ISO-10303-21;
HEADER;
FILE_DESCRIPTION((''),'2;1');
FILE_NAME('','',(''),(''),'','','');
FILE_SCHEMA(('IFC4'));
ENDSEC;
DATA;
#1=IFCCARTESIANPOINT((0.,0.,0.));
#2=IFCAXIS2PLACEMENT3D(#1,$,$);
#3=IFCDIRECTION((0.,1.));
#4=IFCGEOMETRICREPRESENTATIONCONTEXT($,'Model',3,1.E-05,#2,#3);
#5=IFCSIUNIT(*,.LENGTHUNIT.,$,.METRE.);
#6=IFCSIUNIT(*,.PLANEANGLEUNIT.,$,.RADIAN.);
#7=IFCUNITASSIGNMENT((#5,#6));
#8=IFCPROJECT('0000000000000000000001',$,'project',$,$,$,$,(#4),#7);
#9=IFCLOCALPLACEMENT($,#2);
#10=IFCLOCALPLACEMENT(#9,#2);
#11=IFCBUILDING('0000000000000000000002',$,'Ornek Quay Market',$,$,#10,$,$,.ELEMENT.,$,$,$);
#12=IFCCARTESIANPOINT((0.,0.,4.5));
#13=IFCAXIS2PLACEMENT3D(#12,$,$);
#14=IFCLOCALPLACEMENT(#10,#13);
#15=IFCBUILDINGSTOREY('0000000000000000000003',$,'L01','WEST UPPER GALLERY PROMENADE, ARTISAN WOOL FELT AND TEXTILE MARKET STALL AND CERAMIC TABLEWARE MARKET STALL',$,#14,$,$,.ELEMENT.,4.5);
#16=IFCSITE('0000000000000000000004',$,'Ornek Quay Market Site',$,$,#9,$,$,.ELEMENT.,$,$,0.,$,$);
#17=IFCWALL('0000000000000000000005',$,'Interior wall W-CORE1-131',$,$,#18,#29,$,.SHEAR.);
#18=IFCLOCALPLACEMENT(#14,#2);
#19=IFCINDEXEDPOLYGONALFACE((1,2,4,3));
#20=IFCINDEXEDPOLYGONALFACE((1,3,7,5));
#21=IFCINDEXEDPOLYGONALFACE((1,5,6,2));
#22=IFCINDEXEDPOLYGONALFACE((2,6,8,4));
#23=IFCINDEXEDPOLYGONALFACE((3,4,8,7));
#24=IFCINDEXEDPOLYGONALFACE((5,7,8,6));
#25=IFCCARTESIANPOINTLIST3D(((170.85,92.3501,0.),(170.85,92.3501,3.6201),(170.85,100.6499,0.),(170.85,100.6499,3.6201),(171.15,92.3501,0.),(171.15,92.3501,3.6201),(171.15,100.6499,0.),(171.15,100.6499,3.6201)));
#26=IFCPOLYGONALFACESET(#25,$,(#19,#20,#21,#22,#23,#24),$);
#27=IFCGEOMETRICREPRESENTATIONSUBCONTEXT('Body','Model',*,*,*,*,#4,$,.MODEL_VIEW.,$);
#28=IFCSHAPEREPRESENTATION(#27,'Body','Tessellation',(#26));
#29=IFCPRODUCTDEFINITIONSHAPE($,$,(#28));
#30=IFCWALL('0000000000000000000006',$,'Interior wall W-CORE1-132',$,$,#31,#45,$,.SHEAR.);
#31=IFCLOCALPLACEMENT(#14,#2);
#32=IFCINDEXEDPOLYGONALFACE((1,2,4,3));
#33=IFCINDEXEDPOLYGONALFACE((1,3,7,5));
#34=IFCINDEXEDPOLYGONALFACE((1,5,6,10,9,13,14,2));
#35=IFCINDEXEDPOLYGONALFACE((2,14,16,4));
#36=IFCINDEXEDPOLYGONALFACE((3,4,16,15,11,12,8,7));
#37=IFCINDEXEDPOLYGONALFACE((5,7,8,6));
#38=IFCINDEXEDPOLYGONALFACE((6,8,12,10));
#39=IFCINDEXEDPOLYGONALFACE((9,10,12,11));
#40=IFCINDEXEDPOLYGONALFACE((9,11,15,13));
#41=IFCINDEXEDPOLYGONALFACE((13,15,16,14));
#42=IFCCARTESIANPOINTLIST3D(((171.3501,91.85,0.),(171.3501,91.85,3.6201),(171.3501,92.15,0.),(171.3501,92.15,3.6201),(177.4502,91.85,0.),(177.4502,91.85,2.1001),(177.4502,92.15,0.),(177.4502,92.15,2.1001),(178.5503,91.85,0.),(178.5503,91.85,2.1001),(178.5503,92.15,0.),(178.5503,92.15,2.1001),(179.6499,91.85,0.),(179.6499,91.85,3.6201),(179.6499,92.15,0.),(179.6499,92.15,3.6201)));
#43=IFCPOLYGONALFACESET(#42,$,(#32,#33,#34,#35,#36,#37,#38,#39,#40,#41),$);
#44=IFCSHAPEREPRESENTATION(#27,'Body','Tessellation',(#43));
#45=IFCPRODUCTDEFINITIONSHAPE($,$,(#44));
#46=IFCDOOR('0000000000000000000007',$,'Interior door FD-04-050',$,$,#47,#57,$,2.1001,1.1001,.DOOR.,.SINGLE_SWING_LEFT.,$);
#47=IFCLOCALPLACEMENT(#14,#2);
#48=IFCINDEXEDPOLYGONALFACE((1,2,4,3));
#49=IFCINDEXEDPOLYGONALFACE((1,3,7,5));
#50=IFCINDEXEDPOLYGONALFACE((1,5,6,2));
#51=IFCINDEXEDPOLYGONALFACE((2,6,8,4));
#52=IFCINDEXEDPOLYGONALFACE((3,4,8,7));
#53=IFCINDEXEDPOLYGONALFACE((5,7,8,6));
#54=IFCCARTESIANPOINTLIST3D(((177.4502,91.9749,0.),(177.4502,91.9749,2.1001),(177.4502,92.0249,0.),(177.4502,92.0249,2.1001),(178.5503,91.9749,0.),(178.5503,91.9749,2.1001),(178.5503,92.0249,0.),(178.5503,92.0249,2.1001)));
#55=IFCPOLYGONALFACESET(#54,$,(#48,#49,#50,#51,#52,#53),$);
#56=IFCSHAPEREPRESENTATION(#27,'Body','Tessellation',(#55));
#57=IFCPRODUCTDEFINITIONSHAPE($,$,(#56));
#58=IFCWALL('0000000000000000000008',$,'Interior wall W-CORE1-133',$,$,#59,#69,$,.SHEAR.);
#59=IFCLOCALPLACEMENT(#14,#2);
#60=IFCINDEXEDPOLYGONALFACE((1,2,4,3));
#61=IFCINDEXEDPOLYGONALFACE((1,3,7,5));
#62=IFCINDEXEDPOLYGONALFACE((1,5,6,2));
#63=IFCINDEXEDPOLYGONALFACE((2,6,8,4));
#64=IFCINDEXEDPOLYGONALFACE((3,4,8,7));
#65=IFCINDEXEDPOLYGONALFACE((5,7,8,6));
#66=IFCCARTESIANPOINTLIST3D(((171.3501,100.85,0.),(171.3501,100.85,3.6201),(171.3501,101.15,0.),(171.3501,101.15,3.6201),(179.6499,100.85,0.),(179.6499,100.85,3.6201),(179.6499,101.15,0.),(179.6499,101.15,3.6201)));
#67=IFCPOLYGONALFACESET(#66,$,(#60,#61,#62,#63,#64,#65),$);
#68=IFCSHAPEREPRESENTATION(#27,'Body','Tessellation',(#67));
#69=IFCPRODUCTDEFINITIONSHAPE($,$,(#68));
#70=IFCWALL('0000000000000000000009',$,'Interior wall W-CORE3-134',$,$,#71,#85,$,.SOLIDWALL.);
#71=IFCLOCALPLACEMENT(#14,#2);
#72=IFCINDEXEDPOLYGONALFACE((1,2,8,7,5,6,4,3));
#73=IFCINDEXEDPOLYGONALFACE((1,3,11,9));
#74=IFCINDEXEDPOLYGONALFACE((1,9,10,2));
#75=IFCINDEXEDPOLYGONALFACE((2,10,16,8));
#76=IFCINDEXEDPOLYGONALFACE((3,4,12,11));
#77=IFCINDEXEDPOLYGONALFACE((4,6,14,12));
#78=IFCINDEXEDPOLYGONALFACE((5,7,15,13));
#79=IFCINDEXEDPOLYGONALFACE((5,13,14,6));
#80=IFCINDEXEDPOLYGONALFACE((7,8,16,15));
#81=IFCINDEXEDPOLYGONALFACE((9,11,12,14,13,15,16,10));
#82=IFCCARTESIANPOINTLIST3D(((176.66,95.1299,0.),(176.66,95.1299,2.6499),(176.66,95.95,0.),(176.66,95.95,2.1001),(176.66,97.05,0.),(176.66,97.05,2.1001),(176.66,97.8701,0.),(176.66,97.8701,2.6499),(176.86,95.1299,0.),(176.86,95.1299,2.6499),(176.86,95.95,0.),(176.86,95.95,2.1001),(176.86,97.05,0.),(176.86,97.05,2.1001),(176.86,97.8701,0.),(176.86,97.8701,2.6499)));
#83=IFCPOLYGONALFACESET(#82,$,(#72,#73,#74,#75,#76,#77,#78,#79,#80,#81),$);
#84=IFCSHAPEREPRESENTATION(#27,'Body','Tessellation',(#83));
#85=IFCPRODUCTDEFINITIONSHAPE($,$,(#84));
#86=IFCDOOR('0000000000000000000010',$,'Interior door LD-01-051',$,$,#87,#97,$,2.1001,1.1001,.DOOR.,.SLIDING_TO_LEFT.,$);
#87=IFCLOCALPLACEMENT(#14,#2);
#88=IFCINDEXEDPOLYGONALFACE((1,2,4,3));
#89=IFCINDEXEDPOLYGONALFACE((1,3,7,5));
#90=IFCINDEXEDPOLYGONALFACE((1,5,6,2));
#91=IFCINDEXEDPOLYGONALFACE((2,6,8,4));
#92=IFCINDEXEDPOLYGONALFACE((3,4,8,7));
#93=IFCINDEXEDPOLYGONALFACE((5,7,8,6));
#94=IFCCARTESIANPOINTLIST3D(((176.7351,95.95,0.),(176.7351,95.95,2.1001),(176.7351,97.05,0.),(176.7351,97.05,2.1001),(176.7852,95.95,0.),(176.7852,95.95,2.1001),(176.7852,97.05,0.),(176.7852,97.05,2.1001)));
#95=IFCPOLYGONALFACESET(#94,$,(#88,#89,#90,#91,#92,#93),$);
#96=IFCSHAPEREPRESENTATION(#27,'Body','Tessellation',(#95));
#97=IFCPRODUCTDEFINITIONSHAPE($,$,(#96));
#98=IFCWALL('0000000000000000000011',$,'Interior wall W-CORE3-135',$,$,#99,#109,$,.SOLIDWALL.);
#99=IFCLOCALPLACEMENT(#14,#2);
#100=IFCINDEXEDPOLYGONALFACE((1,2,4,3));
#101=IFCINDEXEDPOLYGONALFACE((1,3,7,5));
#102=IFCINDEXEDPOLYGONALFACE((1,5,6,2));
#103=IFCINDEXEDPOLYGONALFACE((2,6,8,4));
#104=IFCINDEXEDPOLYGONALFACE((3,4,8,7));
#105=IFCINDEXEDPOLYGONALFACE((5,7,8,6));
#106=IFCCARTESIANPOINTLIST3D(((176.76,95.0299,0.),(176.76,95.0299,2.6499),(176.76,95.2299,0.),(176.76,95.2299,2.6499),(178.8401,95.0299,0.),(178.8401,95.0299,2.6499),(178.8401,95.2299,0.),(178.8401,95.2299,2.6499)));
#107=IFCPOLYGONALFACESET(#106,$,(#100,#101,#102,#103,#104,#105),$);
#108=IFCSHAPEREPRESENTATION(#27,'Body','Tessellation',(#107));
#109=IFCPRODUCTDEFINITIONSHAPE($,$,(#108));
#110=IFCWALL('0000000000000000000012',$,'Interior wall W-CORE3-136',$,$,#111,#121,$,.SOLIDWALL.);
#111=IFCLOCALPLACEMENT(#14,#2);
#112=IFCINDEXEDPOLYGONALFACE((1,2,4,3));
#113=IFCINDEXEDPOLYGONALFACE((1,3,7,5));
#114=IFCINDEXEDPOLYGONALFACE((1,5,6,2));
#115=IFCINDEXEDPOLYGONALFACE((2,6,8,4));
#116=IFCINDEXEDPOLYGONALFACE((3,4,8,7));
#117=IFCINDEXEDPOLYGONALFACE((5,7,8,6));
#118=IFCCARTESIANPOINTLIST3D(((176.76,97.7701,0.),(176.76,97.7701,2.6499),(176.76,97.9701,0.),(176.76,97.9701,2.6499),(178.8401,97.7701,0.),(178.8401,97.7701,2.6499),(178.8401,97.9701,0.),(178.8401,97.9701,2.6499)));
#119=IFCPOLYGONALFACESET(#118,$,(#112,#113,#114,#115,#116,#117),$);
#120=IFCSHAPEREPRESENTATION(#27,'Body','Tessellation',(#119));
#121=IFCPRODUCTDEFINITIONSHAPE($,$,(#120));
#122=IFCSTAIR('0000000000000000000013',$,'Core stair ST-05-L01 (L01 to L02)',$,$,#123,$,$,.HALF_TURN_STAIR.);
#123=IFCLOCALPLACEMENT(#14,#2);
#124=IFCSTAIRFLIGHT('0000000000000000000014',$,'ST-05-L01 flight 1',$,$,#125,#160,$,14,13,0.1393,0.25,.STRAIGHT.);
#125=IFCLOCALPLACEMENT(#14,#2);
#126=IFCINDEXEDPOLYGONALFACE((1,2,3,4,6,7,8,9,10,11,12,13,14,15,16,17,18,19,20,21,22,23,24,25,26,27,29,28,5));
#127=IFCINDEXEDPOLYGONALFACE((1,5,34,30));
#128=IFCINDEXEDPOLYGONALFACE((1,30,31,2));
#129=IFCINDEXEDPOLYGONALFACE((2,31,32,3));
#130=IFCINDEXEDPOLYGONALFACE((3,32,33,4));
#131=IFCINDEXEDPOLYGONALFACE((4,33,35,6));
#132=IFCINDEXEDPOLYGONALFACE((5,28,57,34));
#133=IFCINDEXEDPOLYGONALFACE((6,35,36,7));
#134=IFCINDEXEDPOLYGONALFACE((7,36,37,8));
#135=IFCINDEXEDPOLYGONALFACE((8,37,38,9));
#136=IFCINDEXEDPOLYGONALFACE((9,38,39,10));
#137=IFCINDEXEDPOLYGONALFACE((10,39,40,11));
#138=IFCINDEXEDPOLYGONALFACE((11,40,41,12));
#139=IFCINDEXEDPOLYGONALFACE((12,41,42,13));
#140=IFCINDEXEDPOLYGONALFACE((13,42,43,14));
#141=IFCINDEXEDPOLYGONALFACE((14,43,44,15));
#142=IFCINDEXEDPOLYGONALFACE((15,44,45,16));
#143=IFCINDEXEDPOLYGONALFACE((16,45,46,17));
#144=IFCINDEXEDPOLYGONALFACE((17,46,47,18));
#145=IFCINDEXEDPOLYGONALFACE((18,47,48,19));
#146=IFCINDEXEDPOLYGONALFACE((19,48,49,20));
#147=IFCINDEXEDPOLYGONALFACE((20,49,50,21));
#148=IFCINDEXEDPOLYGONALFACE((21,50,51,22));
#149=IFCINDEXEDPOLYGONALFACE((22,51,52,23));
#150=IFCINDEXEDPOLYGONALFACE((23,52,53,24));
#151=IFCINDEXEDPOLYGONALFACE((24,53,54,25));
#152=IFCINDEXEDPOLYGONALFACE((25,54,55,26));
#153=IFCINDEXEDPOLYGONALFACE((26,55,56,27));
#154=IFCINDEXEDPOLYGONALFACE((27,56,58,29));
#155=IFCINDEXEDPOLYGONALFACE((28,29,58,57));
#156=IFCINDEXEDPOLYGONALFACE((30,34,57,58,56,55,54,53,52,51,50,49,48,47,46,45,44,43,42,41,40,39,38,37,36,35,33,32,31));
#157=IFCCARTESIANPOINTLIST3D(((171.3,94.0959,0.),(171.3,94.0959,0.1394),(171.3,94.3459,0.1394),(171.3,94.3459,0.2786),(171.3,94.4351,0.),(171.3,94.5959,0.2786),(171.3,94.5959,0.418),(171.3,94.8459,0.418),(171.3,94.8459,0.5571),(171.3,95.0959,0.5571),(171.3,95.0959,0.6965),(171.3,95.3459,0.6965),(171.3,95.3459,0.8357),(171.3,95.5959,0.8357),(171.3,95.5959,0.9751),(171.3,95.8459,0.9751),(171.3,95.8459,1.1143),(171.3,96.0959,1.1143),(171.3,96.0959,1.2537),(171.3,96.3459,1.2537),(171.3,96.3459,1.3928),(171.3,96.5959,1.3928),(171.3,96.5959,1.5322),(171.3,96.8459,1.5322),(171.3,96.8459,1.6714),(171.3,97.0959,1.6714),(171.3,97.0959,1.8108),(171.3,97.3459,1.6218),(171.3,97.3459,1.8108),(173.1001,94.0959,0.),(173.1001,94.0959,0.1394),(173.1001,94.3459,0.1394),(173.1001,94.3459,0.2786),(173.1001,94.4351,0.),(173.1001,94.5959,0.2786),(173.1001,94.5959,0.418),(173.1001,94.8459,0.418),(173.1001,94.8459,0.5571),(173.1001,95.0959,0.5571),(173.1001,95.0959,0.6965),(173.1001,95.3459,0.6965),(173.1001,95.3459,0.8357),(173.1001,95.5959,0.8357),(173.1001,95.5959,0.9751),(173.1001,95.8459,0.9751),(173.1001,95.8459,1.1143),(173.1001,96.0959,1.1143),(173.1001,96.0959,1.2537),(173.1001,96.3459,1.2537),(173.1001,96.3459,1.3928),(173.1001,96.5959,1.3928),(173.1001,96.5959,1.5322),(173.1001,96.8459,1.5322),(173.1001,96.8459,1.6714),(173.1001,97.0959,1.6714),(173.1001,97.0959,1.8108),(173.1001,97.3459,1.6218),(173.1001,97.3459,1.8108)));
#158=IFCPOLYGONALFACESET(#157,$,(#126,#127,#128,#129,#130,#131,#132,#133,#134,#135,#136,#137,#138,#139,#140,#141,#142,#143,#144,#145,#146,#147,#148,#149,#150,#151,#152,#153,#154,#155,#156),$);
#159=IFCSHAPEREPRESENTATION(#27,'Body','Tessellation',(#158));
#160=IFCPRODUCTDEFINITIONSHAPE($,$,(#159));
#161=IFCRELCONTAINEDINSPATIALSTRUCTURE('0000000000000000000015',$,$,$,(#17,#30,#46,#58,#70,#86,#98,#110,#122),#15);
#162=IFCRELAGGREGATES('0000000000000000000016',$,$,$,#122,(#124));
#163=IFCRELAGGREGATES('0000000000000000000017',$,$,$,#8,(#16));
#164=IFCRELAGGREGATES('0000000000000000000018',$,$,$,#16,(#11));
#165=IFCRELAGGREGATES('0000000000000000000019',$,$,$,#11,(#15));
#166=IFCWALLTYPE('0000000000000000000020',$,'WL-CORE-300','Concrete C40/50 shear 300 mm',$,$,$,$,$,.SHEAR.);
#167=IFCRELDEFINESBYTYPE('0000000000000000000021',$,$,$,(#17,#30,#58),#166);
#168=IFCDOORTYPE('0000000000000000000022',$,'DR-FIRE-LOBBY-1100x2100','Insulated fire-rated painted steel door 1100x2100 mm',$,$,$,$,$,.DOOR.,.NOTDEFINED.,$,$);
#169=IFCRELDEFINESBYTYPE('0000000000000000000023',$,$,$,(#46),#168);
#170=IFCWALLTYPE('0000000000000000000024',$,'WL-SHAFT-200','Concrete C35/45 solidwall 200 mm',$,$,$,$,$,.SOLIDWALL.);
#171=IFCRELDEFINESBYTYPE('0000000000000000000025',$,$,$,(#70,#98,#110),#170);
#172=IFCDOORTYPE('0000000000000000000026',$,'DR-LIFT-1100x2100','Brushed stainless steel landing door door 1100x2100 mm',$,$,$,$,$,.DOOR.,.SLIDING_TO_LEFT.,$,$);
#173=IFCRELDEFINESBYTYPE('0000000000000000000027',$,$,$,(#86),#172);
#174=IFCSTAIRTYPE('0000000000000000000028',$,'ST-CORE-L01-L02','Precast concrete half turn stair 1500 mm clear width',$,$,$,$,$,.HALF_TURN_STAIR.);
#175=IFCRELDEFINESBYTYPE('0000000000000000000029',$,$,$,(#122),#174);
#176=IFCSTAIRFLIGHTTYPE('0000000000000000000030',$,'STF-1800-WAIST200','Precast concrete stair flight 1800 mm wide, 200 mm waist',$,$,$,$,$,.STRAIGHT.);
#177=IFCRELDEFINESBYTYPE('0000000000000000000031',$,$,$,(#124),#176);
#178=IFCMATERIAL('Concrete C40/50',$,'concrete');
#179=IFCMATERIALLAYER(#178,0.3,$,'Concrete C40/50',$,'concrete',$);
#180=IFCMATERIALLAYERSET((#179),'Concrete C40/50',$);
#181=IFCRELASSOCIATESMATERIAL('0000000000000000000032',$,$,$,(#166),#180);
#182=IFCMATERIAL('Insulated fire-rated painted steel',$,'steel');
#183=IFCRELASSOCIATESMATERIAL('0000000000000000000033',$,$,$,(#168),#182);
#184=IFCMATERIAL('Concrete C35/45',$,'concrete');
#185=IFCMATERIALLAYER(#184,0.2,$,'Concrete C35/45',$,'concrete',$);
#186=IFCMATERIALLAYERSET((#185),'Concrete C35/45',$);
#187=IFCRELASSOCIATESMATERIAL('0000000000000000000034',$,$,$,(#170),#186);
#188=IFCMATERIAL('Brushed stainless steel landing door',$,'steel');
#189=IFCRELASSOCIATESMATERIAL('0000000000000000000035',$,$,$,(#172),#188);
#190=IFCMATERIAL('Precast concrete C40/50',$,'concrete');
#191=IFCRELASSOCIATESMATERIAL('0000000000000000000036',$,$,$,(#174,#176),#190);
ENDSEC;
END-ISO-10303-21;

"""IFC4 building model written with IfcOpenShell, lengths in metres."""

from ifc_helpers import new_model, si_unit, direction, frame, frame_2d, origin, place, context, subcontext, project, spatial, polyline, rectangle, outline, extrude, material, layer, layer_set, type_object, element, fill, aggregate, save


model = new_model("IFC4")

# Units and contexts
model_context = context("Model", 3, precision=1e-05, world=origin(), true_north=direction((0.0, 1.0)))
body_context = subcontext(model_context, "Body", "Model", "MODEL_VIEW")
ifc_project = project(units=[si_unit("LENGTHUNIT", "METRE"), si_unit("PLANEANGLEUNIT", "RADIAN")], contexts=[model_context])

# Site, building, storey
site_placement = place(None, origin())
site = spatial("IfcSite", under=ifc_project, at=site_placement, Name="Ornek Quay Market Site", CompositionType="ELEMENT", RefElevation=0.0)
building_placement = place(site_placement, origin())
building = spatial("IfcBuilding", under=site, at=building_placement, Name="Ornek Quay Market", CompositionType="ELEMENT")
storey_placement = place(building_placement, frame((0.0, 0.0, 4.5)))
storey = spatial("IfcBuildingStorey", under=building, at=storey_placement, Name="L01", Description="WEST UPPER GALLERY PROMENADE, ARTISAN WOOL FELT AND TEXTILE MARKET STALL AND CERAMIC TABLEWARE MARKET STALL", CompositionType="ELEMENT", Elevation=4.5)

# Shared definitions
ifc_material_1 = material(Name="Concrete C40/50", Category="concrete")

# Shared definitions
ifc_material_2 = material(Name="Concrete C35/45", Category="concrete")

# Shared definitions
ifc_layer_1 = layer(ifc_material_1, 0.3, Name="Concrete C40/50", Category="concrete")
ifc_layer_set_1 = layer_set([ifc_layer_1], Name="Concrete C40/50")
wall_type_1 = type_object("IfcWallType", Name="WL-CORE-300", Description="Concrete C40/50 shear 300 mm", PredefinedType="SHEAR", material=ifc_layer_set_1)
ifc_material_3 = material(Name="Insulated fire-rated painted steel", Category="steel")

# Wall
wall_1_placement = place(storey_placement, frame((171.0, 92.3501, 0.0), z_axis=(0.0, 0.0, 1.0), x_axis=(0.0, 1.0, 0.0)))
element("IfcWall", 1, at=wall_1_placement, inside=storey, type_object=wall_type_1, Name="Interior wall W-CORE1-131", PredefinedType="SHEAR", context=body_context, shape_type="SweptSolid", body=[
    extrude(rectangle(XDim=8.2998, YDim=0.3, at=frame_2d((4.1499, 0.0))), origin(), (0.0, 0.0, 1.0), 3.6201),
])

# Wall, opening, door
wall_2_placement = place(storey_placement, frame((171.3501, 92.0, 0.0), z_axis=(0.0, 0.0, 1.0), x_axis=(1.0, 0.0, 0.0)))
wall_2 = element("IfcWall", 2, at=wall_2_placement, inside=storey, type_object=wall_type_1, Name="Interior wall W-CORE1-132", PredefinedType="SHEAR", context=body_context, shape_type="SweptSolid", body=[
    extrude(rectangle(XDim=8.2998, YDim=0.3, at=frame_2d((4.1499, 0.0))), origin(), (0.0, 0.0, 1.0), 3.6201),
])
opening_1_placement = place(wall_2_placement, frame((6.1001, 0.0, 0.0)))
opening_1 = element("IfcOpeningElement", 3, at=opening_1_placement, cuts=wall_2, PredefinedType="OPENING", context=body_context, shape_type="SweptSolid", body=[
    extrude(rectangle(XDim=1.1001, YDim=2.1001, at=frame_2d((0.55, 1.05))), frame((0.0, 0.1599, 0.0), z_axis=(0.0, -1.0, 0.0), x_axis=(1.0, 0.0, 0.0)), (0.0, 0.0, 1.0), 0.3201),
])
door_type_1 = type_object("IfcDoorType", Name="DR-FIRE-LOBBY-1100x2100", Description="Insulated fire-rated painted steel door 1100x2100 mm", OperationType="NOTDEFINED", PredefinedType="DOOR", material=ifc_material_3)
door_1_placement = place(opening_1_placement, origin())
door_1 = element("IfcDoor", 4, at=door_1_placement, inside=storey, type_object=door_type_1, Name="Interior door FD-04-050", OperationType="SINGLE_SWING_LEFT", OverallHeight=2.1001, OverallWidth=1.1001, PredefinedType="DOOR", context=body_context, shape_type="SweptSolid", body=[
    extrude(rectangle(XDim=1.1001, YDim=2.1001, at=frame_2d((0.55, 1.05))), frame((0.0, 0.0249, 0.0), z_axis=(0.0, -1.0, 0.0), x_axis=(1.0, 0.0, 0.0)), (0.0, 0.0, 1.0), 0.05),
])
fill(opening_1, door_1)

# Wall
wall_3_placement = place(storey_placement, frame((171.3501, 101.0, 0.0), z_axis=(0.0, 0.0, 1.0), x_axis=(1.0, 0.0, 0.0)))
element("IfcWall", 5, at=wall_3_placement, inside=storey, type_object=wall_type_1, Name="Interior wall W-CORE1-133", PredefinedType="SHEAR", context=body_context, shape_type="SweptSolid", body=[
    extrude(rectangle(XDim=8.2998, YDim=0.3, at=frame_2d((4.1499, 0.0))), origin(), (0.0, 0.0, 1.0), 3.6201),
])

# Wall, opening, door
ifc_layer_2 = layer(ifc_material_2, 0.2, Name="Concrete C35/45", Category="concrete")
ifc_layer_set_2 = layer_set([ifc_layer_2], Name="Concrete C35/45")
wall_type_2 = type_object("IfcWallType", Name="WL-SHAFT-200", Description="Concrete C35/45 solidwall 200 mm", PredefinedType="SOLIDWALL", material=ifc_layer_set_2)
wall_4_placement = place(storey_placement, frame((176.76, 95.1299, 0.0), z_axis=(0.0, 0.0, 1.0), x_axis=(0.0, 1.0, 0.0)))
wall_4 = element("IfcWall", 6, at=wall_4_placement, inside=storey, type_object=wall_type_2, Name="Interior wall W-CORE3-134", PredefinedType="SOLIDWALL", context=body_context, shape_type="SweptSolid", body=[
    extrude(rectangle(XDim=2.7402, YDim=0.2, at=frame_2d((1.3701, 0.0))), origin(), (0.0, 0.0, 1.0), 2.6499),
])
opening_2_placement = place(wall_4_placement, frame((0.8201, 0.0, 0.0)))
opening_2 = element("IfcOpeningElement", 7, at=opening_2_placement, cuts=wall_4, PredefinedType="OPENING", context=body_context, shape_type="SweptSolid", body=[
    extrude(rectangle(XDim=1.1001, YDim=2.1001, at=frame_2d((0.55, 1.05))), frame((0.0, 0.1099, 0.0), z_axis=(0.0, -1.0, 0.0), x_axis=(1.0, 0.0, 0.0)), (0.0, 0.0, 1.0), 0.22),
])
ifc_material_4 = material(Name="Brushed stainless steel landing door", Category="steel")
door_type_2 = type_object("IfcDoorType", Name="DR-LIFT-1100x2100", Description="Brushed stainless steel landing door door 1100x2100 mm", OperationType="SLIDING_TO_LEFT", PredefinedType="DOOR", material=ifc_material_4)
door_2_placement = place(opening_2_placement, origin())
door_2 = element("IfcDoor", 8, at=door_2_placement, inside=storey, type_object=door_type_2, Name="Interior door LD-01-051", OperationType="SLIDING_TO_LEFT", OverallHeight=2.1001, OverallWidth=1.1001, PredefinedType="DOOR", context=body_context, shape_type="SweptSolid", body=[
    extrude(rectangle(XDim=1.1001, YDim=2.1001, at=frame_2d((0.55, 1.05))), frame((0.0, 0.0249, 0.0), z_axis=(0.0, -1.0, 0.0), x_axis=(1.0, 0.0, 0.0)), (0.0, 0.0, 1.0), 0.05),
])
fill(opening_2, door_2)

# Walls
for number, where, z_axis, x_axis, name in (
    (9, (176.76, 95.1299, 0.0), (0.0, 0.0, 1.0), (1.0, 0.0, 0.0), "Interior wall W-CORE3-135"),
    (10, (176.76, 97.8701, 0.0), (0.0, 0.0, 1.0), (1.0, 0.0, 0.0), "Interior wall W-CORE3-136"),
):
    element("IfcWall", number, at=place(storey_placement, frame(where, z_axis=z_axis, x_axis=x_axis)), inside=storey, type_object=wall_type_2, Name=name, PredefinedType="SOLIDWALL", context=body_context, shape_type="SweptSolid", body=[
        extrude(rectangle(XDim=2.0801, YDim=0.2, at=frame_2d((1.04, 0.0))), origin(), (0.0, 0.0, 1.0), 2.6499),
    ])

# Stair, stair flight
ifc_material_5 = material(Name="Precast concrete C40/50", Category="concrete")
stair_type = type_object("IfcStairType", Name="ST-CORE-L01-L02", Description="Precast concrete half turn stair 1500 mm clear width", PredefinedType="HALF_TURN_STAIR", material=ifc_material_5)
stair_placement = place(storey_placement, origin())
stair = element("IfcStair", 11, at=stair_placement, inside=storey, type_object=stair_type, Name="Core stair ST-05-L01 (L01 to L02)", PredefinedType="HALF_TURN_STAIR")
stair_flight_type = type_object("IfcStairFlightType", Name="STF-1800-WAIST200", Description="Precast concrete stair flight 1800 mm wide, 200 mm waist", PredefinedType="STRAIGHT", material=ifc_material_5)
stair_flight_1_placement = place(storey_placement, frame((172.2, 94.0959, 0.0), z_axis=(0.0, 0.0, 1.0), x_axis=(0.0, 1.0, 0.0)))
stair_flight_1 = element("IfcStairFlight", 12, at=stair_flight_1_placement, type_object=stair_flight_type, Name="ST-05-L01 flight 1", NumberOfRisers=14, NumberOfTreads=13, PredefinedType="STRAIGHT", RiserHeight=0.1393, TreadLength=0.25, context=body_context, shape_type="SweptSolid", body=[
    extrude(outline(polyline([(0.0, 0.0), (0.0, 0.1394), (0.25, 0.1394), (0.25, 0.2786), (0.5, 0.2786), (0.5, 0.418), (0.75, 0.418), (0.75, 0.5571), (1.0, 0.5571), (1.0, 0.6965), (1.25, 0.6965), (1.25, 0.8357), (1.5, 0.8357), (1.5, 0.9751), (1.75, 0.9751), (1.75, 1.1143), (2.0, 1.1143), (2.0, 1.2537), (2.25, 1.2537), (2.25, 1.3928), (2.5, 1.3928), (2.5, 1.5322), (2.75, 1.5322), (2.75, 1.6714), (3.0, 1.6714), (3.0, 1.8108), (3.25, 1.8108), (3.25, 1.95), (3.25, 1.6218), (0.3391, 0.0), (0.0, 0.0)])), frame((0.0, 0.8999, 0.0), z_axis=(0.0, -1.0, 0.0), x_axis=(1.0, 0.0, 0.0)), (0.0, 0.0, 1.0), 1.8),
])
aggregate(stair, [stair_flight_1])

save(model, "model.ifc")
